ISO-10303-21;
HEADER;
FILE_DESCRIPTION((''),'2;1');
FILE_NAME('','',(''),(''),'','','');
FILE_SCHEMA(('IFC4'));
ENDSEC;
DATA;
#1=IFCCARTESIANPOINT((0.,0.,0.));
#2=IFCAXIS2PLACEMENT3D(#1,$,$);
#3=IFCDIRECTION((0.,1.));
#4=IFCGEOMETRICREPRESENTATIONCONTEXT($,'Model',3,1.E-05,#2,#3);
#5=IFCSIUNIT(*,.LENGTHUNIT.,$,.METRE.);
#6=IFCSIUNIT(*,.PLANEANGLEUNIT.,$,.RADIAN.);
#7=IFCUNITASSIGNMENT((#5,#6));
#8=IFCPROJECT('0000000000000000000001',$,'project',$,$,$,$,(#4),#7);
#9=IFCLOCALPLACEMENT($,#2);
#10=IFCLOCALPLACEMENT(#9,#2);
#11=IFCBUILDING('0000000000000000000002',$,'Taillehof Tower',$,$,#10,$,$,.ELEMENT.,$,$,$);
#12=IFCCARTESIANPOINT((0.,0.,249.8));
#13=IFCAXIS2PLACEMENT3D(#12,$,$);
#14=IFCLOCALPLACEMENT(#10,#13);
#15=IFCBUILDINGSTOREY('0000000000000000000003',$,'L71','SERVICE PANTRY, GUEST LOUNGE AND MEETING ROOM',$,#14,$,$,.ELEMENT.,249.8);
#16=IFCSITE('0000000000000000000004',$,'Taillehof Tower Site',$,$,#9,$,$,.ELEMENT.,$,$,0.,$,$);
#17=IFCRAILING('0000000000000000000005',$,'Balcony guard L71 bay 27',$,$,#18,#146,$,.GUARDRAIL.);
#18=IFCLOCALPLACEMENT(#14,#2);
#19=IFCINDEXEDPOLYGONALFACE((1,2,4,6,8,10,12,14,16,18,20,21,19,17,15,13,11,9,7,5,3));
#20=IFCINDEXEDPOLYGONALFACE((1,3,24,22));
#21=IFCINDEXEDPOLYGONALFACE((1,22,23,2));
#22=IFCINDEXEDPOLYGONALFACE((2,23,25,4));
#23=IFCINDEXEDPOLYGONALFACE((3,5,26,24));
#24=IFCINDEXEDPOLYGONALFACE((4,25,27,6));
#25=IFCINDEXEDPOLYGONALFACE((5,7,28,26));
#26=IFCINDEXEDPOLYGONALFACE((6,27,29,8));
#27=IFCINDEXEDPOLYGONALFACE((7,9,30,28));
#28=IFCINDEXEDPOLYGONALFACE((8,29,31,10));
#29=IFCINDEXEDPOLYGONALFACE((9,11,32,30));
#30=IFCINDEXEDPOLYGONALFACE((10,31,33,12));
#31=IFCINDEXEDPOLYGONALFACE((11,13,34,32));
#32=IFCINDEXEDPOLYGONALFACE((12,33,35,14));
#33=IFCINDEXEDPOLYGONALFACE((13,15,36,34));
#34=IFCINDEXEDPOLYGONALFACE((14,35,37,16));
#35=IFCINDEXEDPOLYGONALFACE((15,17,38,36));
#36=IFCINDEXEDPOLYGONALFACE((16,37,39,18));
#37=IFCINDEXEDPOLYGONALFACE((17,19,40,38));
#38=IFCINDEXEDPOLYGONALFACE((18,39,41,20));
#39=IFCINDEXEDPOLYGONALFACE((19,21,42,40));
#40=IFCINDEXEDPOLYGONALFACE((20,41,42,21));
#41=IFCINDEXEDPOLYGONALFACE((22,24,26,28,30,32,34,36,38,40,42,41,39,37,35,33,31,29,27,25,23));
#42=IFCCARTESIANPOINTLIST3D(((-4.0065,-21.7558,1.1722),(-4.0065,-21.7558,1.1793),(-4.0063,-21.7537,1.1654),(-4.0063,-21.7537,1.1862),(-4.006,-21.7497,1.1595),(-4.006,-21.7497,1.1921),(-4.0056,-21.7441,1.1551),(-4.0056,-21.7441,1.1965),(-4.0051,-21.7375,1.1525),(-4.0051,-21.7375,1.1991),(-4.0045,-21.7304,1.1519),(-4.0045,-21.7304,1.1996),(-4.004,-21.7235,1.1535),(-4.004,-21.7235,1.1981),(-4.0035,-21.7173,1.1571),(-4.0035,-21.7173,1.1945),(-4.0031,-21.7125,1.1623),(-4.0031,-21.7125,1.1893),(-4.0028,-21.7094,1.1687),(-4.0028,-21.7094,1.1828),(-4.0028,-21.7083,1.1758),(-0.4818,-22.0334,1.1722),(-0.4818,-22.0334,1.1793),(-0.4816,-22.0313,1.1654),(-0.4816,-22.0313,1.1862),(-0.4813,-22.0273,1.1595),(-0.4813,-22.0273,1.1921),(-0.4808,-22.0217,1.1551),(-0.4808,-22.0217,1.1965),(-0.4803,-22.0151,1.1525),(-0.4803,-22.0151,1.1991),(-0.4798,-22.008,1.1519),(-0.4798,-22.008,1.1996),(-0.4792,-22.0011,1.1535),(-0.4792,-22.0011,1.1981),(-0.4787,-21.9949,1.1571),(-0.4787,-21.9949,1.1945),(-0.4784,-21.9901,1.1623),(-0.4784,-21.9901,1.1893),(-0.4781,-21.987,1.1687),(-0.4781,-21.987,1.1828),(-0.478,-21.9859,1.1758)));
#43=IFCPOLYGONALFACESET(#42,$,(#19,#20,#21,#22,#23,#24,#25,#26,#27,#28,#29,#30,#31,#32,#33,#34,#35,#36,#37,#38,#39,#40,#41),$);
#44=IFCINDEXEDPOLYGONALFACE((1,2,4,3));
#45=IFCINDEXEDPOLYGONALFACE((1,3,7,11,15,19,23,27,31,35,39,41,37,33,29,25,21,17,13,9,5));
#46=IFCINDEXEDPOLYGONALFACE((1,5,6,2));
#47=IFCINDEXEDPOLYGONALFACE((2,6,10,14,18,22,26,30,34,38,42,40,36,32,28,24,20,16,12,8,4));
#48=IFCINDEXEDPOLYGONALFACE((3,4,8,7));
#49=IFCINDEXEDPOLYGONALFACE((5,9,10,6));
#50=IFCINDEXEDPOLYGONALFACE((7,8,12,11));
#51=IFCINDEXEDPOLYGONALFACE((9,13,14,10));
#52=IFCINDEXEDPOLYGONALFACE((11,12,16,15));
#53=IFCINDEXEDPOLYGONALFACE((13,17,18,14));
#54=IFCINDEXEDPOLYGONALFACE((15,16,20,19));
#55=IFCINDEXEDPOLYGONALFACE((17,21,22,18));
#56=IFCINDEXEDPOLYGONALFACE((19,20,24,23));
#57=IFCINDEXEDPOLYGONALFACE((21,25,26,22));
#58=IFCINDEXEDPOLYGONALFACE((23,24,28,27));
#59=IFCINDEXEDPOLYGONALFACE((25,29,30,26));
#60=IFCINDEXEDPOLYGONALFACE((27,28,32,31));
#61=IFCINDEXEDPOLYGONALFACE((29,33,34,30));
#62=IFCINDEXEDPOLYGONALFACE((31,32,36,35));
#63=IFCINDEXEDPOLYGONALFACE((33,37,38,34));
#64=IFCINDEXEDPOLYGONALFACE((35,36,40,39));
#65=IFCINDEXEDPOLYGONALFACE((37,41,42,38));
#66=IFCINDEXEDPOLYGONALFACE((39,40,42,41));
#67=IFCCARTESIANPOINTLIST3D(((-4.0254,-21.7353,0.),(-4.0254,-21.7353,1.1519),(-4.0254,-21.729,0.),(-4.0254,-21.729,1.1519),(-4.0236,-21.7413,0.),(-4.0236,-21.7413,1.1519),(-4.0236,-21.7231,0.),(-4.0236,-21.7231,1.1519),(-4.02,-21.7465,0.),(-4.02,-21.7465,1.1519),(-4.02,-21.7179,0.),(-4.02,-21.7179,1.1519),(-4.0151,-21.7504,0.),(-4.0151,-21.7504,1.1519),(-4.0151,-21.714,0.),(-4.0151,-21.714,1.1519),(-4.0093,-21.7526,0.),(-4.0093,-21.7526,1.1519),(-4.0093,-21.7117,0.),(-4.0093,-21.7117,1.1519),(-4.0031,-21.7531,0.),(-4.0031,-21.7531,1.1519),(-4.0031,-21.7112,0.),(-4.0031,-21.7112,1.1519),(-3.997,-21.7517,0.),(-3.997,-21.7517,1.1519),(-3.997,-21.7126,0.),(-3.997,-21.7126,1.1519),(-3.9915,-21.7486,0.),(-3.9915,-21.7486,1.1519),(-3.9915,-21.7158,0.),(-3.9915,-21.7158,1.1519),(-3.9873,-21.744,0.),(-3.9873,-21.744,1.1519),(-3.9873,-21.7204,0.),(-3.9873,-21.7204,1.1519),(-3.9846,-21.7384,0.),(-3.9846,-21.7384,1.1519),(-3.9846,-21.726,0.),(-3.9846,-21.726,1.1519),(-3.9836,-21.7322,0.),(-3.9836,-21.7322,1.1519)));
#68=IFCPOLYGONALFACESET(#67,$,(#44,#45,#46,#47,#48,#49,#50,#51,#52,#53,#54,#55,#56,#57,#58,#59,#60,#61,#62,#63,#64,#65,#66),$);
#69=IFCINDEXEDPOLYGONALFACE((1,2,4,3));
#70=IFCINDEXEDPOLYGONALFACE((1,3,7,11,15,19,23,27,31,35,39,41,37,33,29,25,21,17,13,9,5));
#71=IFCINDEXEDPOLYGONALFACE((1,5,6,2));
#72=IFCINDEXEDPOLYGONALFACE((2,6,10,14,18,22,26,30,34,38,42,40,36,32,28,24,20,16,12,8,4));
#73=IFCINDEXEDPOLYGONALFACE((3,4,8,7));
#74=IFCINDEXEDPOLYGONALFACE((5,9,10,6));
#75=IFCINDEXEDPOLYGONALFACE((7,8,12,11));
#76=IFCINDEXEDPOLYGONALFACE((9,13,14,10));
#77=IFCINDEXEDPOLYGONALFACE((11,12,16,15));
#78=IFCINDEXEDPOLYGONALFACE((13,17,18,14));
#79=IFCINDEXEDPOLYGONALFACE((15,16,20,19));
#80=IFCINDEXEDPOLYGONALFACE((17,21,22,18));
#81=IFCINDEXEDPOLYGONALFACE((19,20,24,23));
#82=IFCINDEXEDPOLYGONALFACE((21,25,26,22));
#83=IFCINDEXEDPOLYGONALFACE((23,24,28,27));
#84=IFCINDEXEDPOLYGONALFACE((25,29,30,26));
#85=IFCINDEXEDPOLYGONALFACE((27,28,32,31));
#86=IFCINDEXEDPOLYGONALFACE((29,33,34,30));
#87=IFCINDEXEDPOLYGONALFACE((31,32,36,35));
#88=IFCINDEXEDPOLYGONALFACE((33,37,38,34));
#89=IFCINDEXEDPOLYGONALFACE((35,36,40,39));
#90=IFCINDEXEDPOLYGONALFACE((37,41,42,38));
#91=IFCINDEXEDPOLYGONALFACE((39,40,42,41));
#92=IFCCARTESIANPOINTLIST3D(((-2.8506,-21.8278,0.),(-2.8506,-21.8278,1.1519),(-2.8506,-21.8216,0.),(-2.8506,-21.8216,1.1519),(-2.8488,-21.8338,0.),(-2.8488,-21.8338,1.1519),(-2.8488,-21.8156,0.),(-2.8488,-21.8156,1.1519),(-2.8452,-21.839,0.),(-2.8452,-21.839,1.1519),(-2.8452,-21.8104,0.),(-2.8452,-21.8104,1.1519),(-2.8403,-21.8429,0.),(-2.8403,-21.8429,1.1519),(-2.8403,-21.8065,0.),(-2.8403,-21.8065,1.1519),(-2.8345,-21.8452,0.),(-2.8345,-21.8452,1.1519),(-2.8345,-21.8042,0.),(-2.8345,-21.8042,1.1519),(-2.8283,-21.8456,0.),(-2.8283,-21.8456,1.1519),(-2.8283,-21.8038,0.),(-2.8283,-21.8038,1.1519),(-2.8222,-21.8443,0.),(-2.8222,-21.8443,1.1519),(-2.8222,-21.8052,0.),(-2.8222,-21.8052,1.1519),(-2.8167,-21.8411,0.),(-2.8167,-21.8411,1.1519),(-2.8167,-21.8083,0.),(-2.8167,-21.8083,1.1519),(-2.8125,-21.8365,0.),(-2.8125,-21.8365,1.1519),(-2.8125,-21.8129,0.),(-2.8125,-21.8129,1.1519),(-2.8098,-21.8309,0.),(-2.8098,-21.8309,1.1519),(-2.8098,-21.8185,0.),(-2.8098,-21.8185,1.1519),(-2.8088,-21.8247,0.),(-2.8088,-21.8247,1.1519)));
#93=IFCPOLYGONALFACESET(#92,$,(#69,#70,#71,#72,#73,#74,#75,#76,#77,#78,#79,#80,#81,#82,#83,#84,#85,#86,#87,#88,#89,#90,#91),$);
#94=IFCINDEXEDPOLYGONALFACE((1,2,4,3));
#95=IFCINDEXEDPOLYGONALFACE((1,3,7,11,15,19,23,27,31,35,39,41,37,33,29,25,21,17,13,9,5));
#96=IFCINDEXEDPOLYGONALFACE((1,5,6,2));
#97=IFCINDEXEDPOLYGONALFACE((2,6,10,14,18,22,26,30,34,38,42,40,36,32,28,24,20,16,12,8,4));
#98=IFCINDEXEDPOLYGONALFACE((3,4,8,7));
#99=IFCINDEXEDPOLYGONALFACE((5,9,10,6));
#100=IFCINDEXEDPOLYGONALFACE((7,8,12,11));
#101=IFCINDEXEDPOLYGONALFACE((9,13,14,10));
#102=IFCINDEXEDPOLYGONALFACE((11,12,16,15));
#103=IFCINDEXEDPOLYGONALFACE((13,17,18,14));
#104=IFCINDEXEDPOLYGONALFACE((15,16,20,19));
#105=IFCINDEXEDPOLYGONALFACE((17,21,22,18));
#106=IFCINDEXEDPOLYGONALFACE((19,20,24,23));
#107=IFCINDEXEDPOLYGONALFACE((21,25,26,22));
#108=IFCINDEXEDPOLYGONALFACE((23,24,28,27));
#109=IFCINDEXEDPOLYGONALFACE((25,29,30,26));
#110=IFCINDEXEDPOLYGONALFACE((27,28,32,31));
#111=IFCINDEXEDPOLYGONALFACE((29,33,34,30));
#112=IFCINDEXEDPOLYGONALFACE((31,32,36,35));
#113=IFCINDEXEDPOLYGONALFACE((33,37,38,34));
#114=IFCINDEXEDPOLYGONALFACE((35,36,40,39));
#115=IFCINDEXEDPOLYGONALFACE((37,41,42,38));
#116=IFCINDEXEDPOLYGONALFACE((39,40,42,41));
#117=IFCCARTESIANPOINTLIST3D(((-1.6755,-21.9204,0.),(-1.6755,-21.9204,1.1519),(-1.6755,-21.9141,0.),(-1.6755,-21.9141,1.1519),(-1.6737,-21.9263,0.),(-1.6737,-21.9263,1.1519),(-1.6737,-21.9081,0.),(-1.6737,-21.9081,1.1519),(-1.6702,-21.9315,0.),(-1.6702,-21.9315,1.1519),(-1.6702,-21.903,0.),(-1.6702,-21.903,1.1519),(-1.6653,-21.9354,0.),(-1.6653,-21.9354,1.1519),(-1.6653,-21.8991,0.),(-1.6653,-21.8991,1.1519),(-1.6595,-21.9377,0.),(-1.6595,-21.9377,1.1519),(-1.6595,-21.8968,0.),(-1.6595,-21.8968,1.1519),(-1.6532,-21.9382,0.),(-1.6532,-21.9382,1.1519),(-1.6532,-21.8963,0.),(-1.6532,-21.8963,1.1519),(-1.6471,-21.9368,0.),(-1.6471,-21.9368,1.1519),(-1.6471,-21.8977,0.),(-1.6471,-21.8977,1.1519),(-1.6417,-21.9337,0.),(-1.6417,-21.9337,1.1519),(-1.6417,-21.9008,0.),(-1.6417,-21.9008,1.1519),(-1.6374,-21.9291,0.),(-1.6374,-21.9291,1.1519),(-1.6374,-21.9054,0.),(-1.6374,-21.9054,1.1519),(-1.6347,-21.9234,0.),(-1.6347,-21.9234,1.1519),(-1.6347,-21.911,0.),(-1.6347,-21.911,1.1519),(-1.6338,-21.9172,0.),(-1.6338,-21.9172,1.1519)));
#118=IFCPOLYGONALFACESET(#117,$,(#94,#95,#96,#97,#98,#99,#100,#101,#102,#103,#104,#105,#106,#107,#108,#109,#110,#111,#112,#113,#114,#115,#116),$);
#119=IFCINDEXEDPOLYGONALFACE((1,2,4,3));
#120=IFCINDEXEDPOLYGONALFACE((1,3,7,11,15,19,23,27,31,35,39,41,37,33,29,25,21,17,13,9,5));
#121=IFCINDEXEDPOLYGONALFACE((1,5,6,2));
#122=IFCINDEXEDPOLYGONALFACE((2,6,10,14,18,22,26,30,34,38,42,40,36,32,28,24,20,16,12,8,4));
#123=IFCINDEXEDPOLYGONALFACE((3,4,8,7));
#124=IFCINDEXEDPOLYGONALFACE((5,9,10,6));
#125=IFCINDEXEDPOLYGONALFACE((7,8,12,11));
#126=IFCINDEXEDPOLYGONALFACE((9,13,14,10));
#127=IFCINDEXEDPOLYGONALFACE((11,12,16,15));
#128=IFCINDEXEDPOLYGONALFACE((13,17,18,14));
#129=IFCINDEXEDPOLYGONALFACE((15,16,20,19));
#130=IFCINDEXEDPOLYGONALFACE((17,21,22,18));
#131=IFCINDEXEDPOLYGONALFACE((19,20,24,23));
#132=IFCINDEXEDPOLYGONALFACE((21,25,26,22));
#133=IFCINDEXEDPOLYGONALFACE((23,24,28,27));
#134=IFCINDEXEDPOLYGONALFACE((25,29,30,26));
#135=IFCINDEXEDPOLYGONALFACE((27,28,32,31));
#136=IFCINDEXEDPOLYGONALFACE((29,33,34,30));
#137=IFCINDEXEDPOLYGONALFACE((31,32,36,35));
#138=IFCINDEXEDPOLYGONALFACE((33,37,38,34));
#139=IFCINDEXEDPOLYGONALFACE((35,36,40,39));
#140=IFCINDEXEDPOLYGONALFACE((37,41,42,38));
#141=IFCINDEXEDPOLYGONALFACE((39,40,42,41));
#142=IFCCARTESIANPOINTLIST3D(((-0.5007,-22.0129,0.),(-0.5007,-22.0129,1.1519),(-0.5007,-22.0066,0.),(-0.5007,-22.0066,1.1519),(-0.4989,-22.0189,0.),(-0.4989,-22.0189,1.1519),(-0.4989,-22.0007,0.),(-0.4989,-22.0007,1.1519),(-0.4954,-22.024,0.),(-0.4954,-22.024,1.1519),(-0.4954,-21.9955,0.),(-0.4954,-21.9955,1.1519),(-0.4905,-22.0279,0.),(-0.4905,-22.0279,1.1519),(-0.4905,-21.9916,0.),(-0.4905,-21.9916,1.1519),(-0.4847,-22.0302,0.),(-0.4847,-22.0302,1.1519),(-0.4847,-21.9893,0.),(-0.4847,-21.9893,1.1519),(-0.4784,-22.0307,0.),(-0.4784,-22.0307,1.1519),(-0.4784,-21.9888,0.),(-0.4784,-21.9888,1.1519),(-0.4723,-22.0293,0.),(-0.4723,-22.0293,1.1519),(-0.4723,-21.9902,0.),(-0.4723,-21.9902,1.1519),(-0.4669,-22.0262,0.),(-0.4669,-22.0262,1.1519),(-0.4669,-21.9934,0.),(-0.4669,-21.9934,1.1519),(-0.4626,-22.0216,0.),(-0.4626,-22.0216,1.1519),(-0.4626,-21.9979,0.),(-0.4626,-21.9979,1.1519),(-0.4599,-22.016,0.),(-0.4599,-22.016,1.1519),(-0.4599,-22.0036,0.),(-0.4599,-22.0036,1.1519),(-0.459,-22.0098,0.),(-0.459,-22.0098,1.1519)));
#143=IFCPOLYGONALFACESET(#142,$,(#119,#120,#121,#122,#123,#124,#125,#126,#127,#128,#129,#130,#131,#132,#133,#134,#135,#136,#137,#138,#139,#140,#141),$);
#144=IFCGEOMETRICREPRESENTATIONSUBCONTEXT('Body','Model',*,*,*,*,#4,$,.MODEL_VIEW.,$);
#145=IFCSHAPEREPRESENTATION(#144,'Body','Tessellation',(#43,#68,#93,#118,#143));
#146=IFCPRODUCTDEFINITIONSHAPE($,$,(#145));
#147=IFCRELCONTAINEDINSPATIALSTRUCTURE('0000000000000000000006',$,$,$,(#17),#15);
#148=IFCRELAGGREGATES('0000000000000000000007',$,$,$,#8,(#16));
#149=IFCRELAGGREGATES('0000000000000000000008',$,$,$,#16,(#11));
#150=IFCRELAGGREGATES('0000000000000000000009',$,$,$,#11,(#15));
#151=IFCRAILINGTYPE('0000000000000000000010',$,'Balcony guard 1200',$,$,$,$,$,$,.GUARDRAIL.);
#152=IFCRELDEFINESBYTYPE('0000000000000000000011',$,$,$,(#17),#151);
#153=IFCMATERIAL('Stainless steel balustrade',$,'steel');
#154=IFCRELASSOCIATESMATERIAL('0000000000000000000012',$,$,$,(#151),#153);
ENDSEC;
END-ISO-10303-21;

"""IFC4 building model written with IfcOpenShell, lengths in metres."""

from ifc_helpers import new_model, si_unit, direction, frame, origin, origin_2d, place, context, subcontext, project, spatial, circle, extrude, material, type_object, element, save


model = new_model("IFC4")

# Units and contexts
model_context = context("Model", 3, precision=1e-05, world=origin(), true_north=direction((0.0, 1.0)))
body_context = subcontext(model_context, "Body", "Model", "MODEL_VIEW")
ifc_project = project(units=[si_unit("LENGTHUNIT", "METRE"), si_unit("PLANEANGLEUNIT", "RADIAN")], contexts=[model_context])

# Site, building, storey
site_placement = place(None, origin())
site = spatial("IfcSite", under=ifc_project, at=site_placement, Name="Taillehof Tower Site", CompositionType="ELEMENT", RefElevation=0.0)
building_placement = place(site_placement, origin())
building = spatial("IfcBuilding", under=site, at=building_placement, Name="Taillehof Tower", CompositionType="ELEMENT")
storey_placement = place(building_placement, frame((0.0, 0.0, 249.8)))
storey = spatial("IfcBuildingStorey", under=building, at=storey_placement, Name="L71", Description="SERVICE PANTRY, GUEST LOUNGE AND MEETING ROOM", CompositionType="ELEMENT", Elevation=249.8)

# Railing
ifc_material_1 = material(Name="Stainless steel balustrade", Category="steel")
railing_type = type_object("IfcRailingType", Name="Balcony guard 1200", PredefinedType="GUARDRAIL", material=ifc_material_1)
railing_placement = place(storey_placement, frame((-4.0046, -21.7322, 0.0)))
element("IfcRailing", 1, at=railing_placement, inside=storey, type_object=railing_type, Name="Balcony guard L71 bay 27", PredefinedType="GUARDRAIL", context=body_context, shape_type="SweptSolid", body=[
    extrude(circle(Radius=0.0239, at=origin_2d()), frame((0.0, 0.0, 1.1758), z_axis=(0.996913, -0.078513, 0.0), x_axis=(0.078513, 0.996913, 0.0)), (0.0, 0.0, 1.0), 3.5356),
    extrude(circle(Radius=0.021, at=origin_2d()), origin(), (0.0, 0.0, 1.0), 1.1519),
    extrude(circle(Radius=0.021, at=origin_2d()), frame((1.1748, -0.0925, 0.0)), (0.0, 0.0, 1.0), 1.1519),
    extrude(circle(Radius=0.021, at=origin_2d()), frame((2.3499, -0.1851, 0.0)), (0.0, 0.0, 1.0), 1.1519),
    extrude(circle(Radius=0.021, at=origin_2d()), frame((3.5247, -0.2776, 0.0)), (0.0, 0.0, 1.0), 1.1519),
])

save(model, "model.ifc")
